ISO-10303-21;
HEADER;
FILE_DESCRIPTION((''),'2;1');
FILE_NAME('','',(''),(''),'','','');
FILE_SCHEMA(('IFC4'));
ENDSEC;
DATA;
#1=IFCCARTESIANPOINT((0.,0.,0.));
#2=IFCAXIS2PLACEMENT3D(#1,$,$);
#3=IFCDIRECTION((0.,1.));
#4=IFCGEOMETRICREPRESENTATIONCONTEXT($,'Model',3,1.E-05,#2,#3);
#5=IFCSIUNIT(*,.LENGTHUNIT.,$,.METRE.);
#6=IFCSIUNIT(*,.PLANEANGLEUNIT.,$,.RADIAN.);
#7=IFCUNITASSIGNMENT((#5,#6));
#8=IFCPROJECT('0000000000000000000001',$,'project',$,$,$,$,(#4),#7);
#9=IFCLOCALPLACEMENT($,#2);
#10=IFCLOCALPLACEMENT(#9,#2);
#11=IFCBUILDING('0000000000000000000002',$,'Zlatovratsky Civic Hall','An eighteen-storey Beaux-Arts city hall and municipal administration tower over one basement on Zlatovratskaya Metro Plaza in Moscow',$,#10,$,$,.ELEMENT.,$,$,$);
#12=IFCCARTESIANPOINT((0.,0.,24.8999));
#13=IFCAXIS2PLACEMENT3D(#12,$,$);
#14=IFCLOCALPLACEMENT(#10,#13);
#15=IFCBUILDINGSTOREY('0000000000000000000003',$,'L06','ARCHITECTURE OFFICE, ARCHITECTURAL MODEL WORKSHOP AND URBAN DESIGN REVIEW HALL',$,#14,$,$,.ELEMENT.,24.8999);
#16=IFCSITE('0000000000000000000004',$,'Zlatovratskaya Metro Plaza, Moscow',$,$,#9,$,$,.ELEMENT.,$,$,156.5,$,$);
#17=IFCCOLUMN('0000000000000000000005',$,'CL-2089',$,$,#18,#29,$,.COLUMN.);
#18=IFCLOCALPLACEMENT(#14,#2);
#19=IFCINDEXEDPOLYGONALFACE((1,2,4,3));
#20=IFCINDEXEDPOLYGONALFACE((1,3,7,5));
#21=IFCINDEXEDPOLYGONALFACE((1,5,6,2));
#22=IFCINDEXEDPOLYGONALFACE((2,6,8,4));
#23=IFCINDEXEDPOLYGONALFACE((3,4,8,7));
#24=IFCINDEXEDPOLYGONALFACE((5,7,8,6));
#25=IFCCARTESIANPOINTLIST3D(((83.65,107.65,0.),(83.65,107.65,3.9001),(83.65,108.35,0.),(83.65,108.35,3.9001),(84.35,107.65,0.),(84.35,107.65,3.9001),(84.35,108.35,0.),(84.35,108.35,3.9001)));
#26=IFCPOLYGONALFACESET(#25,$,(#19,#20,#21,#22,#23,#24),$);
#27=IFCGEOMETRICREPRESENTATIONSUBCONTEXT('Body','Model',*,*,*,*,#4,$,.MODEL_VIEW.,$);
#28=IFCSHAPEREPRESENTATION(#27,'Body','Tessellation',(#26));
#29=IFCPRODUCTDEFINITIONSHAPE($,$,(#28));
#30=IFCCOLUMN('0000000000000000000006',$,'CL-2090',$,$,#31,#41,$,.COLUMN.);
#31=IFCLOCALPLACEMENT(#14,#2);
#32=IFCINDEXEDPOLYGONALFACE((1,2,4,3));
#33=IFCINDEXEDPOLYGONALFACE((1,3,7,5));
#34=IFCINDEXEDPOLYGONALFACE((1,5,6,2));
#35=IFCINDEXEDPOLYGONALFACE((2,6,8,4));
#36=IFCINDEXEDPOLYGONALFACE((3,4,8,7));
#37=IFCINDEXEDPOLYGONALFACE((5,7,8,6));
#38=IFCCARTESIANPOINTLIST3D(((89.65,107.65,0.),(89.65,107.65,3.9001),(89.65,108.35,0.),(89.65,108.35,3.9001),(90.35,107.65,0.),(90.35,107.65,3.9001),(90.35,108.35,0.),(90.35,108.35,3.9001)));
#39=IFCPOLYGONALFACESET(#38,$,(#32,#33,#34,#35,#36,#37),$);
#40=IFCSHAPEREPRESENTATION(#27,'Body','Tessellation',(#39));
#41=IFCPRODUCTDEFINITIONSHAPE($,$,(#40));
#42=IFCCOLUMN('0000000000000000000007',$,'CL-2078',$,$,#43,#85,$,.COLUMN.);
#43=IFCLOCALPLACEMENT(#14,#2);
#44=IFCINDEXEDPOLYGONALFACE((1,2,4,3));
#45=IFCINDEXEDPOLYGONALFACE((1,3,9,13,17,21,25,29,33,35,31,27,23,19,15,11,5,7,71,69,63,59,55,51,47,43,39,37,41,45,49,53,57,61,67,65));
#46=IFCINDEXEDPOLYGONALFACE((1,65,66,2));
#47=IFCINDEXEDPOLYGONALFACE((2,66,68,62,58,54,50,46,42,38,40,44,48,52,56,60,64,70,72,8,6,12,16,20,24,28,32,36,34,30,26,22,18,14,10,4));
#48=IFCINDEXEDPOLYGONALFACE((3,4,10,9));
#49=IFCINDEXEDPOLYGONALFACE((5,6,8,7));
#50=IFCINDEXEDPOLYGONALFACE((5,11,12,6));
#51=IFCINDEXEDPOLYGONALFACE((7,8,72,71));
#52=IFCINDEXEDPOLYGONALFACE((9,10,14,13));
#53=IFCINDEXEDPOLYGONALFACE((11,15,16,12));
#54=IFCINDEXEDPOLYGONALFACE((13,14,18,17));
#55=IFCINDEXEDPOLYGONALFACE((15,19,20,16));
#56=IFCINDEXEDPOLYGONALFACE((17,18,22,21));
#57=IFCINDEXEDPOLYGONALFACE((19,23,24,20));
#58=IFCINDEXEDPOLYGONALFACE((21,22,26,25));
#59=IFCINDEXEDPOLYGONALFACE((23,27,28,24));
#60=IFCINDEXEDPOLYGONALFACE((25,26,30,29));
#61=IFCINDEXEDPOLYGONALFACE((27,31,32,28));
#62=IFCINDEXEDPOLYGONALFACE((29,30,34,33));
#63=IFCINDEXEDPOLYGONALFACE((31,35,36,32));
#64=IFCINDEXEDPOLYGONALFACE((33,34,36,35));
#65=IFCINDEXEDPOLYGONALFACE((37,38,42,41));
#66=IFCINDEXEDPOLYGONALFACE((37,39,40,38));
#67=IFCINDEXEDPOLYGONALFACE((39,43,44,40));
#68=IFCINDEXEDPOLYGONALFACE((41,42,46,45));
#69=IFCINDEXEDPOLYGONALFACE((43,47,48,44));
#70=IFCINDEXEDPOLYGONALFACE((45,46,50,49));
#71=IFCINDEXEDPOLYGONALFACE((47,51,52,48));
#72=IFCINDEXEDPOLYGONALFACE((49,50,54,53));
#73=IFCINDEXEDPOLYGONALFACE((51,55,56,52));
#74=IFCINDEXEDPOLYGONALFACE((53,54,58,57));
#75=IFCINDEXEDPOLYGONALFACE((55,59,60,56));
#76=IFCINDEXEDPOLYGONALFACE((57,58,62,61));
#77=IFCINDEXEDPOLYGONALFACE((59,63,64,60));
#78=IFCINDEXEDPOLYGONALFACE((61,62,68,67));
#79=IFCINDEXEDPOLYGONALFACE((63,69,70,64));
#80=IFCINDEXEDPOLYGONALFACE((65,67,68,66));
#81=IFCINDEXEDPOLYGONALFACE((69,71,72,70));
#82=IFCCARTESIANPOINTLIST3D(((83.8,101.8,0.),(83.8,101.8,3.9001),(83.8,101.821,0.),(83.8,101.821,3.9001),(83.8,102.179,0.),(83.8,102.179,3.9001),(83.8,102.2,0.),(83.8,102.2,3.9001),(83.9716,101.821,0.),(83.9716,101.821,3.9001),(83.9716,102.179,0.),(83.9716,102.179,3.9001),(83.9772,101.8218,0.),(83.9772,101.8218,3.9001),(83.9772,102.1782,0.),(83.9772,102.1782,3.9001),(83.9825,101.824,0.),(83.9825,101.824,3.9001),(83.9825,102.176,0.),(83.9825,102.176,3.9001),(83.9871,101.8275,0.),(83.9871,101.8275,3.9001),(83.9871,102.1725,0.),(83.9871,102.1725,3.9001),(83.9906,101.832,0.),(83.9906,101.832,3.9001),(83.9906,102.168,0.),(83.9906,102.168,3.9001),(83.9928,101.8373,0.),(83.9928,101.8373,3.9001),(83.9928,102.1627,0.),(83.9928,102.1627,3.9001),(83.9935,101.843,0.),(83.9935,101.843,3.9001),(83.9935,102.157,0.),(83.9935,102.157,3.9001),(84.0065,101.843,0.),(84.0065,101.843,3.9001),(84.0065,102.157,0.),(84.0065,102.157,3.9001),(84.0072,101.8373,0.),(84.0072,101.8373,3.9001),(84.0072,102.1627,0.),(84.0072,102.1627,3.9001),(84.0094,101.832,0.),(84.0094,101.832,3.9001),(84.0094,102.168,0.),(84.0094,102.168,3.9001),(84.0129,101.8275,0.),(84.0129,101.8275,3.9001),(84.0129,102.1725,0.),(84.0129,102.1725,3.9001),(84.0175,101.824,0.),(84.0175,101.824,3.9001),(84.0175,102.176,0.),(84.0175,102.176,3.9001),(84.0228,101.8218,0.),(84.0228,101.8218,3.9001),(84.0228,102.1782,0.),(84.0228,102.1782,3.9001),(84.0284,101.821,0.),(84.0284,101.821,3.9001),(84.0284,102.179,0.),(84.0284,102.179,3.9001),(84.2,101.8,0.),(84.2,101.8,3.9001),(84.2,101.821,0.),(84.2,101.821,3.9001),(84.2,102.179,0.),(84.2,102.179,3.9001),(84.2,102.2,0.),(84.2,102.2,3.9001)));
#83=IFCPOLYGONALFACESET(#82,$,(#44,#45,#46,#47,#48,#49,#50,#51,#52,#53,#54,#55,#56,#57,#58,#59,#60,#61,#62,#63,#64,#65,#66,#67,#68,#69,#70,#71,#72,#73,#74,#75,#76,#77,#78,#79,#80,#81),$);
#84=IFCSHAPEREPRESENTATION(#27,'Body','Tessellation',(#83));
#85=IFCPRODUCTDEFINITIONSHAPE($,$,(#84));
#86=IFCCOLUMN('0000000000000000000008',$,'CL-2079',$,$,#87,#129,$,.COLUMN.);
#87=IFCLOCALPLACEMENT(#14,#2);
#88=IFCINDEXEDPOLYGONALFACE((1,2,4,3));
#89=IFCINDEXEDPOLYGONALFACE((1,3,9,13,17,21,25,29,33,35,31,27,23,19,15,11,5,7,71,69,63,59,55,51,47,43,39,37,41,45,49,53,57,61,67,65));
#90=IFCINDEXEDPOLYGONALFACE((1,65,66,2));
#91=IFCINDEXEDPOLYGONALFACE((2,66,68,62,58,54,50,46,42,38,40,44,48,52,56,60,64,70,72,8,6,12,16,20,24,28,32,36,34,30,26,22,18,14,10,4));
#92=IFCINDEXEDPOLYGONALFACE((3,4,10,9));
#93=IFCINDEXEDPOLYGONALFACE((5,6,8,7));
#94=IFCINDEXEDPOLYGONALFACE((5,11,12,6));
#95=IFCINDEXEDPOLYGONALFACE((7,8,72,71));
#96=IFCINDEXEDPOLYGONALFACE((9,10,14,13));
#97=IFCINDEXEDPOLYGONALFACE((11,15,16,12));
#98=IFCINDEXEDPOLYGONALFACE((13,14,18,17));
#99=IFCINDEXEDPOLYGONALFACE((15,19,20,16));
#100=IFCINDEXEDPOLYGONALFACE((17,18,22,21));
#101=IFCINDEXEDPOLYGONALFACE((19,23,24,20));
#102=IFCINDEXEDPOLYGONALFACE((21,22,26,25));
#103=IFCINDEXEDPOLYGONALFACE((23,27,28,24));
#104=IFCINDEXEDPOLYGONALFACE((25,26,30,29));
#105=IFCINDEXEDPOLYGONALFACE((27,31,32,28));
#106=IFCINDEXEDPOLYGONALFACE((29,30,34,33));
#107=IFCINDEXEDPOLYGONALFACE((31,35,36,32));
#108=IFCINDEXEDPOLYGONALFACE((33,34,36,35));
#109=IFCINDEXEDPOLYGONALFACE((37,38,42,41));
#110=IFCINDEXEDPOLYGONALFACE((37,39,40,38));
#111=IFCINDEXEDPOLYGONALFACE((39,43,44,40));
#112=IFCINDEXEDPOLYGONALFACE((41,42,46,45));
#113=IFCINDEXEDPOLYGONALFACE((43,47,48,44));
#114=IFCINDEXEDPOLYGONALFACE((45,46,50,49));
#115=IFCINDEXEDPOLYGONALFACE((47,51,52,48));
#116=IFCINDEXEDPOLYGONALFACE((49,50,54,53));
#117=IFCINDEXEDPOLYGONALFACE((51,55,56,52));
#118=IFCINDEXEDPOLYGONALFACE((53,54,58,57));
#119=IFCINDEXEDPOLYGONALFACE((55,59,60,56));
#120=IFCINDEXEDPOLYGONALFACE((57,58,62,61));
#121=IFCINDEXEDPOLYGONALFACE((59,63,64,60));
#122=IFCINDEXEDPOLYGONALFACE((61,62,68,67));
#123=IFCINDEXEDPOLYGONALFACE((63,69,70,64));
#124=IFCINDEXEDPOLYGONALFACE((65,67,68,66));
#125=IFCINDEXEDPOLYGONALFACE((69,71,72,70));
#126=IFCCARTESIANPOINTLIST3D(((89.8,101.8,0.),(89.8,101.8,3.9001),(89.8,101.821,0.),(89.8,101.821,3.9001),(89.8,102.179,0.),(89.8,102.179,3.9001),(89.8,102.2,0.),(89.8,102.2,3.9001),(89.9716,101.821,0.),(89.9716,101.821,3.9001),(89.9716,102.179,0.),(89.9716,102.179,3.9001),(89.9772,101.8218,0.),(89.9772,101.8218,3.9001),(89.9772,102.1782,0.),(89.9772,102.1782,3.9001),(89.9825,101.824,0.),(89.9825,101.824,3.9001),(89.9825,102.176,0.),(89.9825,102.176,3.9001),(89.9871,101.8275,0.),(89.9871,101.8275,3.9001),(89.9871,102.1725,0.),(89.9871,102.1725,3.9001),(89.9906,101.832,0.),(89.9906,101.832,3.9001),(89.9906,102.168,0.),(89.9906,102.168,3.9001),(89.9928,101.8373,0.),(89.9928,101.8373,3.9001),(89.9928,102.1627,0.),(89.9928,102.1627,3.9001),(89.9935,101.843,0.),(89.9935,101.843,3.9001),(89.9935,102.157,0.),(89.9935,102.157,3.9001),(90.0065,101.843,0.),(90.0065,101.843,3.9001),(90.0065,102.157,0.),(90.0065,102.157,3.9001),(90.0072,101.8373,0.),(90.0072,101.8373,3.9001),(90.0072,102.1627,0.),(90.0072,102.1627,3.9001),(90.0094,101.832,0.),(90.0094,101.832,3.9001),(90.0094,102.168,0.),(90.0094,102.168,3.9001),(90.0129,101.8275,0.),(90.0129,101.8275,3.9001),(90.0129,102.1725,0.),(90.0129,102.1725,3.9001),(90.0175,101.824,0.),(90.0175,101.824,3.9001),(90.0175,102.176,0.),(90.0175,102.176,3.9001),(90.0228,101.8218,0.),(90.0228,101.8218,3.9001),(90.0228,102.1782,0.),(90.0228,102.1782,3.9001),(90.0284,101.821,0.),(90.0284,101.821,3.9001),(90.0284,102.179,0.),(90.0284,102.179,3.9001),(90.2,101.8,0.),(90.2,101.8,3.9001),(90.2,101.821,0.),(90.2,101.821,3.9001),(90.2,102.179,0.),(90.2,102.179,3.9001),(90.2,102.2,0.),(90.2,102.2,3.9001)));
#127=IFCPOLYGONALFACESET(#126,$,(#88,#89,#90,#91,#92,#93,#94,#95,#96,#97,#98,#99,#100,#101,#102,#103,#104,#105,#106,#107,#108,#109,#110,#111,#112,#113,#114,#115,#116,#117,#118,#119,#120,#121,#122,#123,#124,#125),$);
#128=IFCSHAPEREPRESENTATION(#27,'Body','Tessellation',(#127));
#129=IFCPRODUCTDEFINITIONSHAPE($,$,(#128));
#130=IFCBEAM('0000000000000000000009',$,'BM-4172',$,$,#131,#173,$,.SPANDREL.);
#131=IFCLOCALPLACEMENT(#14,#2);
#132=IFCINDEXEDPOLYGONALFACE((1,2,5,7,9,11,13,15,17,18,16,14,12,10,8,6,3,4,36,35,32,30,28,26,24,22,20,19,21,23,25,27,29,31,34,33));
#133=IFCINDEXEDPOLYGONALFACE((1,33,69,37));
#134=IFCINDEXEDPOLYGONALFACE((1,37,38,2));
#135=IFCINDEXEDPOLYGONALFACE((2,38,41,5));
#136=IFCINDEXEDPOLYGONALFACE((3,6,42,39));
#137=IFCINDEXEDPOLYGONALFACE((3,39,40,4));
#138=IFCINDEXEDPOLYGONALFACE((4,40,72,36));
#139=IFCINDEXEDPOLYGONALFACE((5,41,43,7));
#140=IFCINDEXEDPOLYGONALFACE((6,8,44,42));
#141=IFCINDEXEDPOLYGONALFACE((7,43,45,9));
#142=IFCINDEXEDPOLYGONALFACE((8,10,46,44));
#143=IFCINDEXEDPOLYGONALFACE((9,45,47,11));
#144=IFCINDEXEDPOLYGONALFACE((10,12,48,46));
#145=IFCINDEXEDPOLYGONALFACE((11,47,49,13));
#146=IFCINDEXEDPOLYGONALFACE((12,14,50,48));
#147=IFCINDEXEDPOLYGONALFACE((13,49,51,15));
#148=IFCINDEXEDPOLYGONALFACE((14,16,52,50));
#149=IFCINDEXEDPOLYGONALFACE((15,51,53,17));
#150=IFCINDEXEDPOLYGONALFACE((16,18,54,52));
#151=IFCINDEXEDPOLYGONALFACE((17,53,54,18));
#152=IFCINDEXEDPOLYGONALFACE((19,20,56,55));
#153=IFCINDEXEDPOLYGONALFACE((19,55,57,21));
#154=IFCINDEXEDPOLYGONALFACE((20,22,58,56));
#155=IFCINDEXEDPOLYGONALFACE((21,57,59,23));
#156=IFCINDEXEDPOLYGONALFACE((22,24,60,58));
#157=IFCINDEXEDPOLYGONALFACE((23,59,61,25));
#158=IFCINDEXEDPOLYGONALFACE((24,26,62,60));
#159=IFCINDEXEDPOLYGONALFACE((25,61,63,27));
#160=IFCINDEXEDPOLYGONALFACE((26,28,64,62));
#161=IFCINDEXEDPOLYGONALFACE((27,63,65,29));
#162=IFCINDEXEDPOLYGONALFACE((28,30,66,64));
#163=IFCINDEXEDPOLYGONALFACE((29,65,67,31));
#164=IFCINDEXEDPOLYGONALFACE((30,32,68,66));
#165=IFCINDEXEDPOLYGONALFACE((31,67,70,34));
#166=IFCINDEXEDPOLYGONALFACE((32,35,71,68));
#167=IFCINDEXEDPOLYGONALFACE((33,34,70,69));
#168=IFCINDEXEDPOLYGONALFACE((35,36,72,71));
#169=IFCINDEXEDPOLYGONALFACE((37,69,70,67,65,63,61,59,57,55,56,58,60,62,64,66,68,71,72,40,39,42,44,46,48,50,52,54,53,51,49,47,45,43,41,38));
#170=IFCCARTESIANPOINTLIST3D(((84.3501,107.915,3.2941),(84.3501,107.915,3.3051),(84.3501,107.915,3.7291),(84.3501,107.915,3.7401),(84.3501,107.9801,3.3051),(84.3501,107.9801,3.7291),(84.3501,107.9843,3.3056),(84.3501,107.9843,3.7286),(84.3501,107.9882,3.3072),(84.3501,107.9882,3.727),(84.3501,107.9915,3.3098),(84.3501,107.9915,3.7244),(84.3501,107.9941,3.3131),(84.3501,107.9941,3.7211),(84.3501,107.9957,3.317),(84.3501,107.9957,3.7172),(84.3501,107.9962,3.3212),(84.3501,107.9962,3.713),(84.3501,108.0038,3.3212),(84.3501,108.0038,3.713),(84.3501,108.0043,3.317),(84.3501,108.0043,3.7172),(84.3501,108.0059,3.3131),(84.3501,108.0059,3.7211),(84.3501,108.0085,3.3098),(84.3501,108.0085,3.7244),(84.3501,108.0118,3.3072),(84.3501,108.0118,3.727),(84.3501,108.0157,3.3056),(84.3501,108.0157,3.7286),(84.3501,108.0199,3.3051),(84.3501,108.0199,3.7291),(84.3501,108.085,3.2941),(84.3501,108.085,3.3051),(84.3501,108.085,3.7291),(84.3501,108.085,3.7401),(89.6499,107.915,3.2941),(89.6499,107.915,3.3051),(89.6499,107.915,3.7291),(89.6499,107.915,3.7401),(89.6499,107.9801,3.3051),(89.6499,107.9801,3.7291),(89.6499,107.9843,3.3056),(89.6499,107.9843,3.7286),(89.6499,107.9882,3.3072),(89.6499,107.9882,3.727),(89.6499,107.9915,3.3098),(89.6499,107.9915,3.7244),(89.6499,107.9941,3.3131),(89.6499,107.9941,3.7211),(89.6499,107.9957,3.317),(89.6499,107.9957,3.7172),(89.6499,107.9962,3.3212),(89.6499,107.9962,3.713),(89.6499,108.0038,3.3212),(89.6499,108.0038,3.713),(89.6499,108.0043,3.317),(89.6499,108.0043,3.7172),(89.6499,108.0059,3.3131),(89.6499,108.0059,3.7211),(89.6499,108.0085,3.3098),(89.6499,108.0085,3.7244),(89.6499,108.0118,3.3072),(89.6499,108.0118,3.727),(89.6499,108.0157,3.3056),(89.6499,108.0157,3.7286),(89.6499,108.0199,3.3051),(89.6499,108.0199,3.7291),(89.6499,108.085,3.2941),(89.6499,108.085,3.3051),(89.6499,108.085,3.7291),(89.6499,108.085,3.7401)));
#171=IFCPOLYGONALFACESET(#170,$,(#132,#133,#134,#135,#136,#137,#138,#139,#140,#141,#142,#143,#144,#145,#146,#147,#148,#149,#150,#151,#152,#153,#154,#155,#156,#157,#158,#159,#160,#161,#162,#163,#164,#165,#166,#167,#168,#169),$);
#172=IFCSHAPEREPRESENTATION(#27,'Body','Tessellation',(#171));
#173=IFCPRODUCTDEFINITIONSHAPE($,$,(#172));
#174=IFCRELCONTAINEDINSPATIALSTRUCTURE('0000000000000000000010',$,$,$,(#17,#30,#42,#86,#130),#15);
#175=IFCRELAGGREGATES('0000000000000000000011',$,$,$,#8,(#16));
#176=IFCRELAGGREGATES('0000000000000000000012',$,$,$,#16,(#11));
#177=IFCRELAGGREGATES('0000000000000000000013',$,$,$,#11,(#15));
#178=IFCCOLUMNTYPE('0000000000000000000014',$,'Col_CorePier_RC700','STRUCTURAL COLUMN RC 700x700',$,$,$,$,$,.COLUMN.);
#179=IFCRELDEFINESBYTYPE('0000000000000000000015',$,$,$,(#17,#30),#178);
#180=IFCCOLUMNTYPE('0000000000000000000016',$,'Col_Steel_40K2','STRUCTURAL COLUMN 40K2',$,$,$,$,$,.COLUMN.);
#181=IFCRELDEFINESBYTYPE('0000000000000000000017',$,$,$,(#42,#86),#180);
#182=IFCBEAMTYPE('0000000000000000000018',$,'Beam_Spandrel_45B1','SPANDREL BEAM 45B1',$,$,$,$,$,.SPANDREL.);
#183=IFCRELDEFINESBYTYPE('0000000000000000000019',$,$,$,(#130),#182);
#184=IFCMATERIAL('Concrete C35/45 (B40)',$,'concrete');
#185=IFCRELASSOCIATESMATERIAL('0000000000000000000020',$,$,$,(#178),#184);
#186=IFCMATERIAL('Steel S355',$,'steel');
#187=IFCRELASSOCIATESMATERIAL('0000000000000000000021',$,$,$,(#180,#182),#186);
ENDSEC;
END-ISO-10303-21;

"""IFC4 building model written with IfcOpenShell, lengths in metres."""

from ifc_helpers import new_model, si_unit, direction, frame, origin, origin_2d, place, context, subcontext, project, spatial, rectangle, i_section, extrude, material, material_profile, profile_set, type_object, element, save


model = new_model("IFC4")

# Units and contexts
model_context = context("Model", 3, precision=1e-05, world=origin(), true_north=direction((0.0, 1.0)))
body_context = subcontext(model_context, "Body", "Model", "MODEL_VIEW")
ifc_project = project(units=[si_unit("LENGTHUNIT", "METRE"), si_unit("PLANEANGLEUNIT", "RADIAN")], contexts=[model_context])

# Site, building, storey
site_placement = place(None, origin())
site = spatial("IfcSite", under=ifc_project, at=site_placement, Name="Zlatovratskaya Metro Plaza, Moscow", CompositionType="ELEMENT", RefElevation=156.5)
building_placement = place(site_placement, origin())
building = spatial("IfcBuilding", under=site, at=building_placement, Name="Zlatovratsky Civic Hall", Description="An eighteen-storey Beaux-Arts city hall and municipal administration tower over one basement on Zlatovratskaya Metro Plaza in Moscow", CompositionType="ELEMENT")
storey_placement = place(building_placement, frame((0.0, 0.0, 24.8999)))
storey = spatial("IfcBuildingStorey", under=building, at=storey_placement, Name="L06", Description="ARCHITECTURE OFFICE, ARCHITECTURAL MODEL WORKSHOP AND URBAN DESIGN REVIEW HALL", CompositionType="ELEMENT", Elevation=24.8999)

# Columns
ifc_material_1 = material(Name="Concrete C35/45 (B40)", Category="concrete")
ifc_material_profile_1 = material_profile(ifc_material_1, rectangle(XDim=0.7, YDim=0.7, at=origin_2d()), Name="RC 700x700")
ifc_profile_set_1 = profile_set([ifc_material_profile_1], Name="Concrete C35/45 (B40)")
column_type_1 = type_object("IfcColumnType", Name="Col_CorePier_RC700", Description="STRUCTURAL COLUMN RC 700x700", PredefinedType="COLUMN", material=ifc_profile_set_1)
for number, where, z_axis, x_axis, name in (
    (1, (84.0, 108.0, 0.0), (0.0, 0.0, 1.0), (1.0, 0.0, 0.0), "CL-2089"),
    (2, (90.0, 108.0, 0.0), (0.0, 0.0, 1.0), (1.0, 0.0, 0.0), "CL-2090"),
):
    element("IfcColumn", number, at=place(storey_placement, frame(where, z_axis=z_axis, x_axis=x_axis)), inside=storey, type_object=column_type_1, Name=name, PredefinedType="COLUMN", context=body_context, shape_type="SweptSolid", body=[
        extrude(rectangle(XDim=0.7, YDim=0.7, at=origin_2d()), origin(), (0.0, 0.0, 1.0), 3.9001),
    ])
ifc_material_2 = material(Name="Steel S355", Category="steel")
ifc_material_profile_2 = material_profile(ifc_material_2, i_section(OverallWidth=0.3999, OverallDepth=0.3999, WebThickness=0.0129, FlangeThickness=0.021, FilletRadius=0.022, at=origin_2d()), Name="40K2")
ifc_profile_set_2 = profile_set([ifc_material_profile_2], Name="Steel S355")
column_type_2 = type_object("IfcColumnType", Name="Col_Steel_40K2", Description="STRUCTURAL COLUMN 40K2", PredefinedType="COLUMN", material=ifc_profile_set_2)
for number, where, z_axis, x_axis, name in (
    (3, (84.0, 102.0, 0.0), (0.0, 0.0, 1.0), (1.0, 0.0, 0.0), "CL-2078"),
    (4, (90.0, 102.0, 0.0), (0.0, 0.0, 1.0), (1.0, 0.0, 0.0), "CL-2079"),
):
    element("IfcColumn", number, at=place(storey_placement, frame(where, z_axis=z_axis, x_axis=x_axis)), inside=storey, type_object=column_type_2, Name=name, PredefinedType="COLUMN", context=body_context, shape_type="SweptSolid", body=[
        extrude(i_section(OverallWidth=0.3999, OverallDepth=0.3999, WebThickness=0.0129, FlangeThickness=0.021, FilletRadius=0.022, at=origin_2d()), origin(), (0.0, 0.0, 1.0), 3.9001),
    ])

# Beam
ifc_material_profile_3 = material_profile(ifc_material_2, i_section(OverallWidth=0.1699, OverallDepth=0.446, WebThickness=0.0076, FlangeThickness=0.011, FilletRadius=0.0161, at=origin_2d()), Name="45B1")
ifc_profile_set_3 = profile_set([ifc_material_profile_3], Name="Steel S355")
beam_type_1 = type_object("IfcBeamType", Name="Beam_Spandrel_45B1", Description="SPANDREL BEAM 45B1", PredefinedType="SPANDREL", material=ifc_profile_set_3)
for number, where, z_axis, x_axis, name in (
    (5, (84.3501, 108.0, 3.5171), (1.0, 0.0, 0.0), (0.0, 1.0, 0.0), "BM-4172"),
):
    element("IfcBeam", number, at=place(storey_placement, frame(where, z_axis=z_axis, x_axis=x_axis)), inside=storey, type_object=beam_type_1, Name=name, PredefinedType="SPANDREL", context=body_context, shape_type="SweptSolid", body=[
        extrude(i_section(OverallWidth=0.1699, OverallDepth=0.446, WebThickness=0.0076, FlangeThickness=0.011, FilletRadius=0.0161, at=origin_2d()), origin(), (0.0, 0.0, 1.0), 5.2998),
    ])

save(model, "model.ifc")
